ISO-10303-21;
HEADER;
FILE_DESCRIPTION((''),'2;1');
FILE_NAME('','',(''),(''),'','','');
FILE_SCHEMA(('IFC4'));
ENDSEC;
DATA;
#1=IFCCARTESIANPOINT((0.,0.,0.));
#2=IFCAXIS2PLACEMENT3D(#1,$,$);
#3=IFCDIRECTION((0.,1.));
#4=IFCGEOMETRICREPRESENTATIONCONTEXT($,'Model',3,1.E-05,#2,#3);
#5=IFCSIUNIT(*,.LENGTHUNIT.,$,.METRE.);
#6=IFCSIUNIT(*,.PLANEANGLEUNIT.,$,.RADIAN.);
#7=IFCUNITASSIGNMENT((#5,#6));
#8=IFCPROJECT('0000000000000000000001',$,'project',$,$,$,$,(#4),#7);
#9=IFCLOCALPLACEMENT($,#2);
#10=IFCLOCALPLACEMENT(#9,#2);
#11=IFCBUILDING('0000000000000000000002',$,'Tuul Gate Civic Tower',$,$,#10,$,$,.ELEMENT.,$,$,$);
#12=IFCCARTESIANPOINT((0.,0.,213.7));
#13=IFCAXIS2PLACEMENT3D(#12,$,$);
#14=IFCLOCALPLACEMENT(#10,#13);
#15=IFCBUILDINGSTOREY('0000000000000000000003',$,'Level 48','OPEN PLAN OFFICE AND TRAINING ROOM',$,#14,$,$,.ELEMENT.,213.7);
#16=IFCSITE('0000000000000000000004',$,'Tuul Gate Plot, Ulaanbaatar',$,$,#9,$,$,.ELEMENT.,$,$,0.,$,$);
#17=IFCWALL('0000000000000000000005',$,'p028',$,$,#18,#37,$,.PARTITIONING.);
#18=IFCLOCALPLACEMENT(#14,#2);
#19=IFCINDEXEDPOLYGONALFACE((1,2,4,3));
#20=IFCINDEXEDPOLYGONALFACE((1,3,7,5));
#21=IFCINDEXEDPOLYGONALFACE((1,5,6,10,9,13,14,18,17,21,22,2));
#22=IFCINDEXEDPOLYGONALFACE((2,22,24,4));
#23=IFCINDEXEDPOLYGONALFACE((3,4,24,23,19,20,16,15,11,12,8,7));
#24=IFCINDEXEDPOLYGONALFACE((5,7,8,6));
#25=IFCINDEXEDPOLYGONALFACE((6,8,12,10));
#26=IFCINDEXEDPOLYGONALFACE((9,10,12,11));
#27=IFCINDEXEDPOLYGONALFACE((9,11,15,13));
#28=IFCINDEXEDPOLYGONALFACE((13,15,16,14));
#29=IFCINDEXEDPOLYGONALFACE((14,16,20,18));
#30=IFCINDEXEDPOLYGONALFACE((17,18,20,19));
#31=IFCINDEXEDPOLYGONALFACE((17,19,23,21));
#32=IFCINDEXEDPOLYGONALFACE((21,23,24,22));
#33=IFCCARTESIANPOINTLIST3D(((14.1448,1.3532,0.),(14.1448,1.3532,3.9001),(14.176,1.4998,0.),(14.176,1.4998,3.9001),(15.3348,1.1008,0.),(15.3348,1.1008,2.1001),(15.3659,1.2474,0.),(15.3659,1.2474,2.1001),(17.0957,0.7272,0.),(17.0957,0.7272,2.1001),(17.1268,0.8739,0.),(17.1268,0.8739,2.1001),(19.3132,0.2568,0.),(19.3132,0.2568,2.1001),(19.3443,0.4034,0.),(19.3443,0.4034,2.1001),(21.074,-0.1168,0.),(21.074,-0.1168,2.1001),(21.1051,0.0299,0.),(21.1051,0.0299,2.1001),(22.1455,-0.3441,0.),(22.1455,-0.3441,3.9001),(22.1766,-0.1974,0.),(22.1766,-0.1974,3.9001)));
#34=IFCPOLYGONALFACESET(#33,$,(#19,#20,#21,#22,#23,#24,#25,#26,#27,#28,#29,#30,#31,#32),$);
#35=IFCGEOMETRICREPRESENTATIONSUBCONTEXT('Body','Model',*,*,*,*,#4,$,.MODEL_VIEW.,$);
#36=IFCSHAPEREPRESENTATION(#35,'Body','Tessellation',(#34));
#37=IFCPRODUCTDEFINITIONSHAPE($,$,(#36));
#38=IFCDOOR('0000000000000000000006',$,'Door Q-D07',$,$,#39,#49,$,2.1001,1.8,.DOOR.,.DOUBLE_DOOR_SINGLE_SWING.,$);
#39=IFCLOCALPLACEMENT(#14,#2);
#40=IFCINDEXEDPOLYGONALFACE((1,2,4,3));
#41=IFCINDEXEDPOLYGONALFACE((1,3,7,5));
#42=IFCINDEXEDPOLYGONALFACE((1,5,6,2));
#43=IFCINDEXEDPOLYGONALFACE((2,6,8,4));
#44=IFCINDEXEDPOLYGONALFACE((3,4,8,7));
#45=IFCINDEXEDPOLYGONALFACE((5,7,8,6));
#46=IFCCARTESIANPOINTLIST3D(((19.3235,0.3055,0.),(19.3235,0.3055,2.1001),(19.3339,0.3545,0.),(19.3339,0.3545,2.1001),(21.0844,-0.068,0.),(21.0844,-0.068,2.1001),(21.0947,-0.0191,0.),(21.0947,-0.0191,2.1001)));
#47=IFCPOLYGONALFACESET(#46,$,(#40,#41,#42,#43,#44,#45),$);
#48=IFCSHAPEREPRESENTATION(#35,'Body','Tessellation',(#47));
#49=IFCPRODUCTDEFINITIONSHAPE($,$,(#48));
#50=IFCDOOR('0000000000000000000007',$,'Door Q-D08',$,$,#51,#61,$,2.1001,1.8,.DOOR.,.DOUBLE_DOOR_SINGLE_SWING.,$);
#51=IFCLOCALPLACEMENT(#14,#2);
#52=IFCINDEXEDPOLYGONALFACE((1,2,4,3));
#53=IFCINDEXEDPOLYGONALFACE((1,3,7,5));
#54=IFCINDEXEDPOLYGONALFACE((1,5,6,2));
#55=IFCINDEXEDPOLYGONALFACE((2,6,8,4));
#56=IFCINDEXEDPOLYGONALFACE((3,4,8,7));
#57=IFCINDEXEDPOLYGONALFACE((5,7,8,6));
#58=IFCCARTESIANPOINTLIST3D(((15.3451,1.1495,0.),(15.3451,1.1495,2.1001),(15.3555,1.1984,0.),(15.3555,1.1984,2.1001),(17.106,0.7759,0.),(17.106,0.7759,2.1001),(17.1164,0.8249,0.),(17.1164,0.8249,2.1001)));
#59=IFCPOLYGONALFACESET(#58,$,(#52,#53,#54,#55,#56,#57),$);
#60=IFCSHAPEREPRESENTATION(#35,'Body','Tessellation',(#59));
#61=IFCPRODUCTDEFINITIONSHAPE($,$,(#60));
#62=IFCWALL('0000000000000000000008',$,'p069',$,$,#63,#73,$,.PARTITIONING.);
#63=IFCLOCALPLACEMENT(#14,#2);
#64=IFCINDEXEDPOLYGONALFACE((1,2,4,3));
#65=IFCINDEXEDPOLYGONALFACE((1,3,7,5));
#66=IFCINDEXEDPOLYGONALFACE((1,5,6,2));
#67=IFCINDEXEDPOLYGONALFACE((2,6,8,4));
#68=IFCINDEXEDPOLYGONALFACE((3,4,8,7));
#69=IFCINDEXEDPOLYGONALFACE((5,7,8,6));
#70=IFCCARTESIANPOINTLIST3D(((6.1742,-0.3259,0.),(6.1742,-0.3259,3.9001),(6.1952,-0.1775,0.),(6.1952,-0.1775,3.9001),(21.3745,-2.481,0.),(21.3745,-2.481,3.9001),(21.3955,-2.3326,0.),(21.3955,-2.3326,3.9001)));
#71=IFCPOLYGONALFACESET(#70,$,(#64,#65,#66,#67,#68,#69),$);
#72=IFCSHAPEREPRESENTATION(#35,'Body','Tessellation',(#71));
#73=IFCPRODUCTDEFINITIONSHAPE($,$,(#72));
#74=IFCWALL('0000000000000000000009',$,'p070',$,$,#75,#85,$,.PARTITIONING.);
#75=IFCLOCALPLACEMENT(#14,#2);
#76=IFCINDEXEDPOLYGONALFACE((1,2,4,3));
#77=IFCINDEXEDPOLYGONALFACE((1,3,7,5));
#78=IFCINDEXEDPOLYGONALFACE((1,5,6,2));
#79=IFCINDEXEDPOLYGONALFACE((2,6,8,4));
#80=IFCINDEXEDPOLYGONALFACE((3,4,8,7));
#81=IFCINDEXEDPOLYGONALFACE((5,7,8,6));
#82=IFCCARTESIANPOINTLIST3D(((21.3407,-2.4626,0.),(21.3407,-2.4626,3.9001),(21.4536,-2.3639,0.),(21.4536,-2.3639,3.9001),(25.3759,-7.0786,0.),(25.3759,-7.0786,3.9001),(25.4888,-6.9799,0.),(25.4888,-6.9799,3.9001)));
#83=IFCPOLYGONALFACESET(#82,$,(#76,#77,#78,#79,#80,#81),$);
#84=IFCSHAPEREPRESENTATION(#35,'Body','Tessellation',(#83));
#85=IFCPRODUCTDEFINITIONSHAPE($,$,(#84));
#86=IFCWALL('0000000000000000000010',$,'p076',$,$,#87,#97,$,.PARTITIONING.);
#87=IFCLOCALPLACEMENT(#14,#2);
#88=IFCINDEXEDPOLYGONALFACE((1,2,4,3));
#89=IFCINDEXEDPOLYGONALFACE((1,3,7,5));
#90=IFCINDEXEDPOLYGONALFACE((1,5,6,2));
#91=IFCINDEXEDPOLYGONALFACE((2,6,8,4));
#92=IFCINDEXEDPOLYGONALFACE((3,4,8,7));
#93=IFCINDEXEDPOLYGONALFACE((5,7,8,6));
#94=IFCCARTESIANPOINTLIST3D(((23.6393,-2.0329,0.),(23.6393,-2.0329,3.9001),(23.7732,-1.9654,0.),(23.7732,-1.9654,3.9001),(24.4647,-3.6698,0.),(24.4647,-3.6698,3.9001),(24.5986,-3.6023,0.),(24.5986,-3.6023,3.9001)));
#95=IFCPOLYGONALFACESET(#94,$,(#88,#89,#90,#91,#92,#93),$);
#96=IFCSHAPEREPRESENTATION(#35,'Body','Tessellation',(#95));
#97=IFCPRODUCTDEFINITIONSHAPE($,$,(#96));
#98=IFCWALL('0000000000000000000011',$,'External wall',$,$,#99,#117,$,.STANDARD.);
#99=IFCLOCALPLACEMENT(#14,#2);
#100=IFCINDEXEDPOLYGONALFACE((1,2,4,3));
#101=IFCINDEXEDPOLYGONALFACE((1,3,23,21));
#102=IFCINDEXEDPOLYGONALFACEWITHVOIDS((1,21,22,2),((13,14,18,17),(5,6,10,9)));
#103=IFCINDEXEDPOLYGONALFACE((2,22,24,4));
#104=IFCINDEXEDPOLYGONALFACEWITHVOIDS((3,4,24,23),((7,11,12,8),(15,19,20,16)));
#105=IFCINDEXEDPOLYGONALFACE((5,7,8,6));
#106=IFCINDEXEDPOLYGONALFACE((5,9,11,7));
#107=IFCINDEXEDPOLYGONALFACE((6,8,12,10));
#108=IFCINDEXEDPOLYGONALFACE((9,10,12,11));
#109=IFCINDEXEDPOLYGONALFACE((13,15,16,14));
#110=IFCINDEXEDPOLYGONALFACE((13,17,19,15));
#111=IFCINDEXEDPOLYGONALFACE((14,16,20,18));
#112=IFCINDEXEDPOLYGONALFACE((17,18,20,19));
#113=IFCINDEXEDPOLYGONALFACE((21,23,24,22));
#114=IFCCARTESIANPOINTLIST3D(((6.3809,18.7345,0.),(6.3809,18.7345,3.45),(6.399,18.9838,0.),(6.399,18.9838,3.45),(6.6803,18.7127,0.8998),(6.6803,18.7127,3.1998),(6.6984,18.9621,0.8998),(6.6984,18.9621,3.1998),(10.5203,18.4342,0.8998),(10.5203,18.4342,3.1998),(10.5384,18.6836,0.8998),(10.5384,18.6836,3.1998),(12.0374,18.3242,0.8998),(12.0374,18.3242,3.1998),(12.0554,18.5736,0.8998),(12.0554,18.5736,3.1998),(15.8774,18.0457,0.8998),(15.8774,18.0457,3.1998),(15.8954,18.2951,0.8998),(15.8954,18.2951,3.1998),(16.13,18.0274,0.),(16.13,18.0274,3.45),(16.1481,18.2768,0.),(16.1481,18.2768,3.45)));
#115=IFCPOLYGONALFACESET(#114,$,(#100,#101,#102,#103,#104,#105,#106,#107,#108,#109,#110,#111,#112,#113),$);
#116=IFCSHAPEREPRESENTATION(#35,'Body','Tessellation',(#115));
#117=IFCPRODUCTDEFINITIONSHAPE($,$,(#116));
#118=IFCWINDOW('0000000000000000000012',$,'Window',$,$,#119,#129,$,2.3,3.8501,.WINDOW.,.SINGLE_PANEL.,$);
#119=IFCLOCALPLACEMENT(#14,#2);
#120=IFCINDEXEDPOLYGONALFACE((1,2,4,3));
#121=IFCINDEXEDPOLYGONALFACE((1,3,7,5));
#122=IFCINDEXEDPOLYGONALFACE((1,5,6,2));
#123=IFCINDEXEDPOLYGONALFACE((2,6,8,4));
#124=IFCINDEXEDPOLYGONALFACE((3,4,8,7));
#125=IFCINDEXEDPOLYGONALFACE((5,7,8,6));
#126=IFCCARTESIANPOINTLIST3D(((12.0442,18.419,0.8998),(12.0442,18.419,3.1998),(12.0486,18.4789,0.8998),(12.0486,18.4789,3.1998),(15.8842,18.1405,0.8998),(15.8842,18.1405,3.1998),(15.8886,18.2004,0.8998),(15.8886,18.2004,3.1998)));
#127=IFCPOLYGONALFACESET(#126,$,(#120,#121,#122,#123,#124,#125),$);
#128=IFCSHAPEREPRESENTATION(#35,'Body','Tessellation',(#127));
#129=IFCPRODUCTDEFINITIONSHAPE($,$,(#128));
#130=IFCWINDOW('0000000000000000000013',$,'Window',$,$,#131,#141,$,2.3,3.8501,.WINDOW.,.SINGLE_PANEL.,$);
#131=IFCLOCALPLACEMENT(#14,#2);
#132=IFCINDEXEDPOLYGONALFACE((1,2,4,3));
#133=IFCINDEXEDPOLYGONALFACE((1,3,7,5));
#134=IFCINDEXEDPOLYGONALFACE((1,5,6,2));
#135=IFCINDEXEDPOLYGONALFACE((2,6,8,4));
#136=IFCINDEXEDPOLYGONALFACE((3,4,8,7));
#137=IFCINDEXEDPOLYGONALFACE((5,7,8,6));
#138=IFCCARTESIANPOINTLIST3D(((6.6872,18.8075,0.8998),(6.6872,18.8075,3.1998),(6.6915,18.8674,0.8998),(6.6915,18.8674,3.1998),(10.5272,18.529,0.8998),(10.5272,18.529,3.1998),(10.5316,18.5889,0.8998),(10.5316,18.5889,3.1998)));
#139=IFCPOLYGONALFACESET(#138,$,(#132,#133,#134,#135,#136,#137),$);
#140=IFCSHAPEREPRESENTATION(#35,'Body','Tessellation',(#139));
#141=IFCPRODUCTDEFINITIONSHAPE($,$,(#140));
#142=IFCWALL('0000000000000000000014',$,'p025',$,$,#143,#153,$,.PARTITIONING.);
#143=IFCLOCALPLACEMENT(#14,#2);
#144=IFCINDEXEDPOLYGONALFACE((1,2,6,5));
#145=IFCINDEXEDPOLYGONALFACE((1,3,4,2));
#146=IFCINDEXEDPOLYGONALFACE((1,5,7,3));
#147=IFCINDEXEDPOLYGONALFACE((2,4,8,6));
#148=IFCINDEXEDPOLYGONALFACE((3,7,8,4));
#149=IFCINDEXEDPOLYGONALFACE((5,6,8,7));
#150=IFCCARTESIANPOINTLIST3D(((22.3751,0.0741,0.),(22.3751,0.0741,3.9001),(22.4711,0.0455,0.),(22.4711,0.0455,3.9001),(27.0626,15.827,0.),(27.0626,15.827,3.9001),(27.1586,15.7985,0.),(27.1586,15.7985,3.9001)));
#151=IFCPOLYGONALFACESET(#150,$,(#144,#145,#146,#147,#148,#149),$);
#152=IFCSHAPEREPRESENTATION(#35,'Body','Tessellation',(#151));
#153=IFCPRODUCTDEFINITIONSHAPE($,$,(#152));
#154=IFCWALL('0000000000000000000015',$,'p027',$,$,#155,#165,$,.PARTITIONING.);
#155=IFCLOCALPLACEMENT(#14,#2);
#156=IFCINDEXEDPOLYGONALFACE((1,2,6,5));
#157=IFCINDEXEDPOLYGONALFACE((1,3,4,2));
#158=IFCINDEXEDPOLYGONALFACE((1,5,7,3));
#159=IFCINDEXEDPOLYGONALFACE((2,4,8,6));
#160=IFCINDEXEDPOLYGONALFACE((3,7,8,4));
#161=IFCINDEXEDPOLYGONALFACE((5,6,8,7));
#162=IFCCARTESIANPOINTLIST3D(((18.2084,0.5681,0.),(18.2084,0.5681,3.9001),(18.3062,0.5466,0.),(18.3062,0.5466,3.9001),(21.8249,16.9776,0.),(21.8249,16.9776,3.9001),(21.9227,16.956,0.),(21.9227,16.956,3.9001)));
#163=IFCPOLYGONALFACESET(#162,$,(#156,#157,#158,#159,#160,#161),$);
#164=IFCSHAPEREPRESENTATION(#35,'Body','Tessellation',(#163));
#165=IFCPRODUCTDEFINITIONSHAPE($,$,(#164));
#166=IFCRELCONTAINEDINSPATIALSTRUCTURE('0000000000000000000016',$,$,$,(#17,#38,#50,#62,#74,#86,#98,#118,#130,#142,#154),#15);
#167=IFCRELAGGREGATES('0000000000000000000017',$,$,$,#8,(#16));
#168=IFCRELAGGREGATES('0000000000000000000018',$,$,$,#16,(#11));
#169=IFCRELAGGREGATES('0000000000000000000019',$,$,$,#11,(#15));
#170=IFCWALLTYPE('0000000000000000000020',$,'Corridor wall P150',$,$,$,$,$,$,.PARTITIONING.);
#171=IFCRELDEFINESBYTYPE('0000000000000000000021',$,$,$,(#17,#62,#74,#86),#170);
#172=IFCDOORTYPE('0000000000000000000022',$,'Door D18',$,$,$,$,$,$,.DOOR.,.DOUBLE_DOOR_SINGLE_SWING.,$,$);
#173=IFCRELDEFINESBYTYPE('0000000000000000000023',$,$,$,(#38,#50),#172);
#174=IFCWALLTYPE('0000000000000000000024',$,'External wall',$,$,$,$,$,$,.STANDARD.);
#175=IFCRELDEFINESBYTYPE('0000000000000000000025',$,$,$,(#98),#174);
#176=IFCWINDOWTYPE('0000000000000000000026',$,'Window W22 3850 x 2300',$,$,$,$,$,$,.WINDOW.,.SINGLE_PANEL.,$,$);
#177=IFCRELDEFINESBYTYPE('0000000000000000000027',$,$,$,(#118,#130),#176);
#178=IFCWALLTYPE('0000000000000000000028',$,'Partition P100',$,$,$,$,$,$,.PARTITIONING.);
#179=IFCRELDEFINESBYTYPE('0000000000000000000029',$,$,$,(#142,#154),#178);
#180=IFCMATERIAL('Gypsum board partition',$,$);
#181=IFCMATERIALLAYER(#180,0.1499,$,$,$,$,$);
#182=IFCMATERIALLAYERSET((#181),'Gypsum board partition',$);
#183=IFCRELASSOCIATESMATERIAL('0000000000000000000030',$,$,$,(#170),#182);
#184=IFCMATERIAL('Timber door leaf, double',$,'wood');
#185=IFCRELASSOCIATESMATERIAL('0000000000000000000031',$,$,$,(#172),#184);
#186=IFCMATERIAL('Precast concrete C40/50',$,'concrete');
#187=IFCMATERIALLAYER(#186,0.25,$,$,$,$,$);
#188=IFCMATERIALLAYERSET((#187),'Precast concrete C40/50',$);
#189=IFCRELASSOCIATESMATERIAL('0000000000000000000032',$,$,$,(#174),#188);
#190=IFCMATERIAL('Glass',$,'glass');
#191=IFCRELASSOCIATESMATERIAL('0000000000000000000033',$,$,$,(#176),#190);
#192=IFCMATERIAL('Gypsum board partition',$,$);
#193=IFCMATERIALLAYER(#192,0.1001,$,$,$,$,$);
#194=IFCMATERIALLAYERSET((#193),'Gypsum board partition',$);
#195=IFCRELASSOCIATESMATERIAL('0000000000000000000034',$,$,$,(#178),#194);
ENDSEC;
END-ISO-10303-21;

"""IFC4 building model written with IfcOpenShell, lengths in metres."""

from ifc_helpers import new_model, si_unit, direction, frame, frame_2d, origin, place, context, subcontext, project, spatial, rectangle, extrude, material, layer, layer_set, type_object, element, fill, save


model = new_model("IFC4")

# Units and contexts
model_context = context("Model", 3, precision=1e-05, world=origin(), true_north=direction((0.0, 1.0)))
body_context = subcontext(model_context, "Body", "Model", "MODEL_VIEW")
ifc_project = project(units=[si_unit("LENGTHUNIT", "METRE"), si_unit("PLANEANGLEUNIT", "RADIAN")], contexts=[model_context])

# Site, building, storey
site_placement = place(None, origin())
site = spatial("IfcSite", under=ifc_project, at=site_placement, Name="Tuul Gate Plot, Ulaanbaatar", CompositionType="ELEMENT", RefElevation=0.0)
building_placement = place(site_placement, origin())
building = spatial("IfcBuilding", under=site, at=building_placement, Name="Tuul Gate Civic Tower", CompositionType="ELEMENT")
storey_placement = place(building_placement, frame((0.0, 0.0, 213.7)))
storey = spatial("IfcBuildingStorey", under=building, at=storey_placement, Name="Level 48", Description="OPEN PLAN OFFICE AND TRAINING ROOM", CompositionType="ELEMENT", Elevation=213.7)

# Shared definitions
ifc_material_1 = material(Name="Gypsum board partition")
ifc_layer_1 = layer(ifc_material_1, 0.1499)
ifc_layer_set_1 = layer_set([ifc_layer_1], Name="Gypsum board partition")
wall_type_1 = type_object("IfcWallType", Name="Corridor wall P150", PredefinedType="PARTITIONING", material=ifc_layer_set_1)

# Wall, openings, doors
wall_1_placement = place(storey_placement, frame((14.1604, 1.4265, 0.0), z_axis=(0.0, 0.0, 1.0), x_axis=(0.978231, -0.207521, 0.0)))
wall_1 = element("IfcWall", 1, at=wall_1_placement, inside=storey, type_object=wall_type_1, Name="p028", PredefinedType="PARTITIONING", context=body_context, shape_type="SweptSolid", body=[
    extrude(rectangle(XDim=8.1787, YDim=0.1499, at=frame_2d((4.0894, 0.0))), origin(), (0.0, 0.0, 1.0), 3.9001),
])
opening_1_placement = place(wall_1_placement, frame((5.2834, 0.0, 0.0)))
opening_1 = element("IfcOpeningElement", 2, at=opening_1_placement, cuts=wall_1, PredefinedType="OPENING", context=body_context, shape_type="SweptSolid", body=[
    extrude(rectangle(XDim=1.8, YDim=2.1001, at=frame_2d((0.8999, 1.05))), frame((0.0, 0.085, 0.0), z_axis=(0.0, -1.0, 0.0), x_axis=(1.0, 0.0, 0.0)), (0.0, 0.0, 1.0), 0.1699),
])
opening_2_placement = place(wall_1_placement, frame((1.2166, 0.0, 0.0)))
opening_2 = element("IfcOpeningElement", 3, at=opening_2_placement, cuts=wall_1, PredefinedType="OPENING", context=body_context, shape_type="SweptSolid", body=[
    extrude(rectangle(XDim=1.8, YDim=2.1001, at=frame_2d((0.8999, 1.05))), frame((0.0, 0.085, 0.0), z_axis=(0.0, -1.0, 0.0), x_axis=(1.0, 0.0, 0.0)), (0.0, 0.0, 1.0), 0.1699),
])
ifc_material_2 = material(Name="Timber door leaf, double", Category="wood")
door_type_1 = type_object("IfcDoorType", Name="Door D18", OperationType="DOUBLE_DOOR_SINGLE_SWING", PredefinedType="DOOR", material=ifc_material_2)
door_1_placement = place(opening_1_placement, origin())
door_1 = element("IfcDoor", 4, at=door_1_placement, inside=storey, type_object=door_type_1, Name="Door Q-D07", OperationType="DOUBLE_DOOR_SINGLE_SWING", OverallHeight=2.1001, OverallWidth=1.8, PredefinedType="DOOR", context=body_context, shape_type="SweptSolid", body=[
    extrude(rectangle(XDim=1.8, YDim=2.1001, at=frame_2d((0.8999, 1.05))), frame((0.0, 0.0249, 0.0), z_axis=(0.0, -1.0, 0.0), x_axis=(1.0, 0.0, 0.0)), (0.0, 0.0, 1.0), 0.05),
])
fill(opening_1, door_1)
door_2_placement = place(opening_2_placement, origin())
door_2 = element("IfcDoor", 5, at=door_2_placement, inside=storey, type_object=door_type_1, Name="Door Q-D08", OperationType="DOUBLE_DOOR_SINGLE_SWING", OverallHeight=2.1001, OverallWidth=1.8, PredefinedType="DOOR", context=body_context, shape_type="SweptSolid", body=[
    extrude(rectangle(XDim=1.8, YDim=2.1001, at=frame_2d((0.8999, 1.05))), frame((0.0, 0.0249, 0.0), z_axis=(0.0, -1.0, 0.0), x_axis=(1.0, 0.0, 0.0)), (0.0, 0.0, 1.0), 0.05),
])
fill(opening_2, door_2)

# Walls
wall_2_placement = place(storey_placement, frame((6.1846, -0.2517, 0.0), z_axis=(0.0, 0.0, 1.0), x_axis=(0.990099, -0.140373, 0.0)))
element("IfcWall", 6, at=wall_2_placement, inside=storey, type_object=wall_type_1, Name="p069", PredefinedType="PARTITIONING", context=body_context, shape_type="SweptSolid", body=[
    extrude(rectangle(XDim=15.3523, YDim=0.1499, at=frame_2d((7.6763, 0.0))), origin(), (0.0, 0.0, 1.0), 3.9001),
])
wall_3_placement = place(storey_placement, frame((21.3972, -2.4133, 0.0), z_axis=(0.0, 0.0, 1.0), x_axis=(0.658152, -0.752885, 0.0)))
element("IfcWall", 7, at=wall_3_placement, inside=storey, type_object=wall_type_1, Name="p070", PredefinedType="PARTITIONING", context=body_context, shape_type="SweptSolid", body=[
    extrude(rectangle(XDim=6.1311, YDim=0.1499, at=frame_2d((3.0654, 0.0))), origin(), (0.0, 0.0, 1.0), 3.9001),
])
wall_4_placement = place(storey_placement, frame((23.7063, -1.9993, 0.0), z_axis=(0.0, 0.0, 1.0), x_axis=(0.450247, -0.892904, 0.0)))
element("IfcWall", 8, at=wall_4_placement, inside=storey, type_object=wall_type_1, Name="p076", PredefinedType="PARTITIONING", context=body_context, shape_type="SweptSolid", body=[
    extrude(rectangle(XDim=1.8333, YDim=0.1499, at=frame_2d((0.9165, 0.0))), origin(), (0.0, 0.0, 1.0), 3.9001),
])

# Wall, openings, windows
ifc_material_3 = material(Name="Precast concrete C40/50", Category="concrete")
ifc_layer_2 = layer(ifc_material_3, 0.25)
ifc_layer_set_2 = layer_set([ifc_layer_2], Name="Precast concrete C40/50")
wall_type_2 = type_object("IfcWallType", Name="External wall", PredefinedType="STANDARD", material=ifc_layer_set_2)
wall_5_placement = place(storey_placement, frame((16.1389, 18.1521, 0.0), z_axis=(0.0, 0.0, 1.0), x_axis=(-0.997381, 0.072333, 0.0)))
wall_5 = element("IfcWall", 9, at=wall_5_placement, inside=storey, type_object=wall_type_2, Name="External wall", PredefinedType="STANDARD", context=body_context, shape_type="SweptSolid", body=[
    extrude(rectangle(XDim=9.7747, YDim=0.25, at=frame_2d((4.8872, 0.0))), origin(), (0.0, 0.0, 1.0), 3.45),
])
opening_3_placement = place(wall_5_placement, frame((0.2532, 0.0, 0.8999)))
opening_3 = element("IfcOpeningElement", 10, at=opening_3_placement, cuts=wall_5, PredefinedType="OPENING", context=body_context, shape_type="SweptSolid", body=[
    extrude(rectangle(XDim=3.8501, YDim=2.3, at=frame_2d((1.925, 1.1499))), frame((0.0, 0.135, 0.0), z_axis=(0.0, -1.0, 0.0), x_axis=(1.0, 0.0, 0.0)), (0.0, 0.0, 1.0), 0.27),
])
opening_4_placement = place(wall_5_placement, frame((5.6243, 0.0, 0.8999)))
opening_4 = element("IfcOpeningElement", 11, at=opening_4_placement, cuts=wall_5, PredefinedType="OPENING", context=body_context, shape_type="SweptSolid", body=[
    extrude(rectangle(XDim=3.8501, YDim=2.3, at=frame_2d((1.925, 1.1499))), frame((0.0, 0.135, 0.0), z_axis=(0.0, -1.0, 0.0), x_axis=(1.0, 0.0, 0.0)), (0.0, 0.0, 1.0), 0.27),
])
ifc_material_4 = material(Name="Glass", Category="glass")
window_type = type_object("IfcWindowType", Name="Window W22 3850 x 2300", PartitioningType="SINGLE_PANEL", PredefinedType="WINDOW", material=ifc_material_4)
window_1_placement = place(opening_3_placement, origin())
window_1 = element("IfcWindow", 12, at=window_1_placement, inside=storey, type_object=window_type, Name="Window", OverallHeight=2.3, OverallWidth=3.8501, PartitioningType="SINGLE_PANEL", PredefinedType="WINDOW", context=body_context, shape_type="SweptSolid", body=[
    extrude(rectangle(XDim=3.8501, YDim=2.3, at=frame_2d((1.925, 1.1499))), frame((0.0, 0.03, 0.0), z_axis=(0.0, -1.0, 0.0), x_axis=(1.0, 0.0, 0.0)), (0.0, 0.0, 1.0), 0.0601),
])
fill(opening_3, window_1)
window_2_placement = place(opening_4_placement, origin())
window_2 = element("IfcWindow", 13, at=window_2_placement, inside=storey, type_object=window_type, Name="Window", OverallHeight=2.3, OverallWidth=3.8501, PartitioningType="SINGLE_PANEL", PredefinedType="WINDOW", context=body_context, shape_type="SweptSolid", body=[
    extrude(rectangle(XDim=3.8501, YDim=2.3, at=frame_2d((1.925, 1.1499))), frame((0.0, 0.03, 0.0), z_axis=(0.0, -1.0, 0.0), x_axis=(1.0, 0.0, 0.0)), (0.0, 0.0, 1.0), 0.0601),
])
fill(opening_4, window_2)

# Walls
ifc_material_5 = material(Name="Gypsum board partition")
ifc_layer_3 = layer(ifc_material_5, 0.1001)
ifc_layer_set_3 = layer_set([ifc_layer_3], Name="Gypsum board partition")
wall_type_3 = type_object("IfcWallType", Name="Partition P100", PredefinedType="PARTITIONING", material=ifc_layer_set_3)
wall_6_placement = place(storey_placement, frame((22.4231, 0.0598, 0.0), z_axis=(0.0, 0.0, 1.0), x_axis=(0.285205, 0.958467, 0.0)))
element("IfcWall", 14, at=wall_6_placement, inside=storey, type_object=wall_type_3, Name="p025", PredefinedType="PARTITIONING", context=body_context, shape_type="SweptSolid", body=[
    extrude(rectangle(XDim=16.4355, YDim=0.1001, at=frame_2d((8.2178, 0.0))), origin(), (0.0, 0.0, 1.0), 3.9001),
])
wall_7_placement = place(storey_placement, frame((18.2573, 0.5574, 0.0), z_axis=(0.0, 0.0, 1.0), x_axis=(0.215224, 0.976565, 0.0)))
element("IfcWall", 15, at=wall_7_placement, inside=storey, type_object=wall_type_3, Name="p027", PredefinedType="PARTITIONING", context=body_context, shape_type="SweptSolid", body=[
    extrude(rectangle(XDim=16.8032, YDim=0.1001, at=frame_2d((8.4016, 0.0))), origin(), (0.0, 0.0, 1.0), 3.9001),
])

save(model, "model.ifc")
